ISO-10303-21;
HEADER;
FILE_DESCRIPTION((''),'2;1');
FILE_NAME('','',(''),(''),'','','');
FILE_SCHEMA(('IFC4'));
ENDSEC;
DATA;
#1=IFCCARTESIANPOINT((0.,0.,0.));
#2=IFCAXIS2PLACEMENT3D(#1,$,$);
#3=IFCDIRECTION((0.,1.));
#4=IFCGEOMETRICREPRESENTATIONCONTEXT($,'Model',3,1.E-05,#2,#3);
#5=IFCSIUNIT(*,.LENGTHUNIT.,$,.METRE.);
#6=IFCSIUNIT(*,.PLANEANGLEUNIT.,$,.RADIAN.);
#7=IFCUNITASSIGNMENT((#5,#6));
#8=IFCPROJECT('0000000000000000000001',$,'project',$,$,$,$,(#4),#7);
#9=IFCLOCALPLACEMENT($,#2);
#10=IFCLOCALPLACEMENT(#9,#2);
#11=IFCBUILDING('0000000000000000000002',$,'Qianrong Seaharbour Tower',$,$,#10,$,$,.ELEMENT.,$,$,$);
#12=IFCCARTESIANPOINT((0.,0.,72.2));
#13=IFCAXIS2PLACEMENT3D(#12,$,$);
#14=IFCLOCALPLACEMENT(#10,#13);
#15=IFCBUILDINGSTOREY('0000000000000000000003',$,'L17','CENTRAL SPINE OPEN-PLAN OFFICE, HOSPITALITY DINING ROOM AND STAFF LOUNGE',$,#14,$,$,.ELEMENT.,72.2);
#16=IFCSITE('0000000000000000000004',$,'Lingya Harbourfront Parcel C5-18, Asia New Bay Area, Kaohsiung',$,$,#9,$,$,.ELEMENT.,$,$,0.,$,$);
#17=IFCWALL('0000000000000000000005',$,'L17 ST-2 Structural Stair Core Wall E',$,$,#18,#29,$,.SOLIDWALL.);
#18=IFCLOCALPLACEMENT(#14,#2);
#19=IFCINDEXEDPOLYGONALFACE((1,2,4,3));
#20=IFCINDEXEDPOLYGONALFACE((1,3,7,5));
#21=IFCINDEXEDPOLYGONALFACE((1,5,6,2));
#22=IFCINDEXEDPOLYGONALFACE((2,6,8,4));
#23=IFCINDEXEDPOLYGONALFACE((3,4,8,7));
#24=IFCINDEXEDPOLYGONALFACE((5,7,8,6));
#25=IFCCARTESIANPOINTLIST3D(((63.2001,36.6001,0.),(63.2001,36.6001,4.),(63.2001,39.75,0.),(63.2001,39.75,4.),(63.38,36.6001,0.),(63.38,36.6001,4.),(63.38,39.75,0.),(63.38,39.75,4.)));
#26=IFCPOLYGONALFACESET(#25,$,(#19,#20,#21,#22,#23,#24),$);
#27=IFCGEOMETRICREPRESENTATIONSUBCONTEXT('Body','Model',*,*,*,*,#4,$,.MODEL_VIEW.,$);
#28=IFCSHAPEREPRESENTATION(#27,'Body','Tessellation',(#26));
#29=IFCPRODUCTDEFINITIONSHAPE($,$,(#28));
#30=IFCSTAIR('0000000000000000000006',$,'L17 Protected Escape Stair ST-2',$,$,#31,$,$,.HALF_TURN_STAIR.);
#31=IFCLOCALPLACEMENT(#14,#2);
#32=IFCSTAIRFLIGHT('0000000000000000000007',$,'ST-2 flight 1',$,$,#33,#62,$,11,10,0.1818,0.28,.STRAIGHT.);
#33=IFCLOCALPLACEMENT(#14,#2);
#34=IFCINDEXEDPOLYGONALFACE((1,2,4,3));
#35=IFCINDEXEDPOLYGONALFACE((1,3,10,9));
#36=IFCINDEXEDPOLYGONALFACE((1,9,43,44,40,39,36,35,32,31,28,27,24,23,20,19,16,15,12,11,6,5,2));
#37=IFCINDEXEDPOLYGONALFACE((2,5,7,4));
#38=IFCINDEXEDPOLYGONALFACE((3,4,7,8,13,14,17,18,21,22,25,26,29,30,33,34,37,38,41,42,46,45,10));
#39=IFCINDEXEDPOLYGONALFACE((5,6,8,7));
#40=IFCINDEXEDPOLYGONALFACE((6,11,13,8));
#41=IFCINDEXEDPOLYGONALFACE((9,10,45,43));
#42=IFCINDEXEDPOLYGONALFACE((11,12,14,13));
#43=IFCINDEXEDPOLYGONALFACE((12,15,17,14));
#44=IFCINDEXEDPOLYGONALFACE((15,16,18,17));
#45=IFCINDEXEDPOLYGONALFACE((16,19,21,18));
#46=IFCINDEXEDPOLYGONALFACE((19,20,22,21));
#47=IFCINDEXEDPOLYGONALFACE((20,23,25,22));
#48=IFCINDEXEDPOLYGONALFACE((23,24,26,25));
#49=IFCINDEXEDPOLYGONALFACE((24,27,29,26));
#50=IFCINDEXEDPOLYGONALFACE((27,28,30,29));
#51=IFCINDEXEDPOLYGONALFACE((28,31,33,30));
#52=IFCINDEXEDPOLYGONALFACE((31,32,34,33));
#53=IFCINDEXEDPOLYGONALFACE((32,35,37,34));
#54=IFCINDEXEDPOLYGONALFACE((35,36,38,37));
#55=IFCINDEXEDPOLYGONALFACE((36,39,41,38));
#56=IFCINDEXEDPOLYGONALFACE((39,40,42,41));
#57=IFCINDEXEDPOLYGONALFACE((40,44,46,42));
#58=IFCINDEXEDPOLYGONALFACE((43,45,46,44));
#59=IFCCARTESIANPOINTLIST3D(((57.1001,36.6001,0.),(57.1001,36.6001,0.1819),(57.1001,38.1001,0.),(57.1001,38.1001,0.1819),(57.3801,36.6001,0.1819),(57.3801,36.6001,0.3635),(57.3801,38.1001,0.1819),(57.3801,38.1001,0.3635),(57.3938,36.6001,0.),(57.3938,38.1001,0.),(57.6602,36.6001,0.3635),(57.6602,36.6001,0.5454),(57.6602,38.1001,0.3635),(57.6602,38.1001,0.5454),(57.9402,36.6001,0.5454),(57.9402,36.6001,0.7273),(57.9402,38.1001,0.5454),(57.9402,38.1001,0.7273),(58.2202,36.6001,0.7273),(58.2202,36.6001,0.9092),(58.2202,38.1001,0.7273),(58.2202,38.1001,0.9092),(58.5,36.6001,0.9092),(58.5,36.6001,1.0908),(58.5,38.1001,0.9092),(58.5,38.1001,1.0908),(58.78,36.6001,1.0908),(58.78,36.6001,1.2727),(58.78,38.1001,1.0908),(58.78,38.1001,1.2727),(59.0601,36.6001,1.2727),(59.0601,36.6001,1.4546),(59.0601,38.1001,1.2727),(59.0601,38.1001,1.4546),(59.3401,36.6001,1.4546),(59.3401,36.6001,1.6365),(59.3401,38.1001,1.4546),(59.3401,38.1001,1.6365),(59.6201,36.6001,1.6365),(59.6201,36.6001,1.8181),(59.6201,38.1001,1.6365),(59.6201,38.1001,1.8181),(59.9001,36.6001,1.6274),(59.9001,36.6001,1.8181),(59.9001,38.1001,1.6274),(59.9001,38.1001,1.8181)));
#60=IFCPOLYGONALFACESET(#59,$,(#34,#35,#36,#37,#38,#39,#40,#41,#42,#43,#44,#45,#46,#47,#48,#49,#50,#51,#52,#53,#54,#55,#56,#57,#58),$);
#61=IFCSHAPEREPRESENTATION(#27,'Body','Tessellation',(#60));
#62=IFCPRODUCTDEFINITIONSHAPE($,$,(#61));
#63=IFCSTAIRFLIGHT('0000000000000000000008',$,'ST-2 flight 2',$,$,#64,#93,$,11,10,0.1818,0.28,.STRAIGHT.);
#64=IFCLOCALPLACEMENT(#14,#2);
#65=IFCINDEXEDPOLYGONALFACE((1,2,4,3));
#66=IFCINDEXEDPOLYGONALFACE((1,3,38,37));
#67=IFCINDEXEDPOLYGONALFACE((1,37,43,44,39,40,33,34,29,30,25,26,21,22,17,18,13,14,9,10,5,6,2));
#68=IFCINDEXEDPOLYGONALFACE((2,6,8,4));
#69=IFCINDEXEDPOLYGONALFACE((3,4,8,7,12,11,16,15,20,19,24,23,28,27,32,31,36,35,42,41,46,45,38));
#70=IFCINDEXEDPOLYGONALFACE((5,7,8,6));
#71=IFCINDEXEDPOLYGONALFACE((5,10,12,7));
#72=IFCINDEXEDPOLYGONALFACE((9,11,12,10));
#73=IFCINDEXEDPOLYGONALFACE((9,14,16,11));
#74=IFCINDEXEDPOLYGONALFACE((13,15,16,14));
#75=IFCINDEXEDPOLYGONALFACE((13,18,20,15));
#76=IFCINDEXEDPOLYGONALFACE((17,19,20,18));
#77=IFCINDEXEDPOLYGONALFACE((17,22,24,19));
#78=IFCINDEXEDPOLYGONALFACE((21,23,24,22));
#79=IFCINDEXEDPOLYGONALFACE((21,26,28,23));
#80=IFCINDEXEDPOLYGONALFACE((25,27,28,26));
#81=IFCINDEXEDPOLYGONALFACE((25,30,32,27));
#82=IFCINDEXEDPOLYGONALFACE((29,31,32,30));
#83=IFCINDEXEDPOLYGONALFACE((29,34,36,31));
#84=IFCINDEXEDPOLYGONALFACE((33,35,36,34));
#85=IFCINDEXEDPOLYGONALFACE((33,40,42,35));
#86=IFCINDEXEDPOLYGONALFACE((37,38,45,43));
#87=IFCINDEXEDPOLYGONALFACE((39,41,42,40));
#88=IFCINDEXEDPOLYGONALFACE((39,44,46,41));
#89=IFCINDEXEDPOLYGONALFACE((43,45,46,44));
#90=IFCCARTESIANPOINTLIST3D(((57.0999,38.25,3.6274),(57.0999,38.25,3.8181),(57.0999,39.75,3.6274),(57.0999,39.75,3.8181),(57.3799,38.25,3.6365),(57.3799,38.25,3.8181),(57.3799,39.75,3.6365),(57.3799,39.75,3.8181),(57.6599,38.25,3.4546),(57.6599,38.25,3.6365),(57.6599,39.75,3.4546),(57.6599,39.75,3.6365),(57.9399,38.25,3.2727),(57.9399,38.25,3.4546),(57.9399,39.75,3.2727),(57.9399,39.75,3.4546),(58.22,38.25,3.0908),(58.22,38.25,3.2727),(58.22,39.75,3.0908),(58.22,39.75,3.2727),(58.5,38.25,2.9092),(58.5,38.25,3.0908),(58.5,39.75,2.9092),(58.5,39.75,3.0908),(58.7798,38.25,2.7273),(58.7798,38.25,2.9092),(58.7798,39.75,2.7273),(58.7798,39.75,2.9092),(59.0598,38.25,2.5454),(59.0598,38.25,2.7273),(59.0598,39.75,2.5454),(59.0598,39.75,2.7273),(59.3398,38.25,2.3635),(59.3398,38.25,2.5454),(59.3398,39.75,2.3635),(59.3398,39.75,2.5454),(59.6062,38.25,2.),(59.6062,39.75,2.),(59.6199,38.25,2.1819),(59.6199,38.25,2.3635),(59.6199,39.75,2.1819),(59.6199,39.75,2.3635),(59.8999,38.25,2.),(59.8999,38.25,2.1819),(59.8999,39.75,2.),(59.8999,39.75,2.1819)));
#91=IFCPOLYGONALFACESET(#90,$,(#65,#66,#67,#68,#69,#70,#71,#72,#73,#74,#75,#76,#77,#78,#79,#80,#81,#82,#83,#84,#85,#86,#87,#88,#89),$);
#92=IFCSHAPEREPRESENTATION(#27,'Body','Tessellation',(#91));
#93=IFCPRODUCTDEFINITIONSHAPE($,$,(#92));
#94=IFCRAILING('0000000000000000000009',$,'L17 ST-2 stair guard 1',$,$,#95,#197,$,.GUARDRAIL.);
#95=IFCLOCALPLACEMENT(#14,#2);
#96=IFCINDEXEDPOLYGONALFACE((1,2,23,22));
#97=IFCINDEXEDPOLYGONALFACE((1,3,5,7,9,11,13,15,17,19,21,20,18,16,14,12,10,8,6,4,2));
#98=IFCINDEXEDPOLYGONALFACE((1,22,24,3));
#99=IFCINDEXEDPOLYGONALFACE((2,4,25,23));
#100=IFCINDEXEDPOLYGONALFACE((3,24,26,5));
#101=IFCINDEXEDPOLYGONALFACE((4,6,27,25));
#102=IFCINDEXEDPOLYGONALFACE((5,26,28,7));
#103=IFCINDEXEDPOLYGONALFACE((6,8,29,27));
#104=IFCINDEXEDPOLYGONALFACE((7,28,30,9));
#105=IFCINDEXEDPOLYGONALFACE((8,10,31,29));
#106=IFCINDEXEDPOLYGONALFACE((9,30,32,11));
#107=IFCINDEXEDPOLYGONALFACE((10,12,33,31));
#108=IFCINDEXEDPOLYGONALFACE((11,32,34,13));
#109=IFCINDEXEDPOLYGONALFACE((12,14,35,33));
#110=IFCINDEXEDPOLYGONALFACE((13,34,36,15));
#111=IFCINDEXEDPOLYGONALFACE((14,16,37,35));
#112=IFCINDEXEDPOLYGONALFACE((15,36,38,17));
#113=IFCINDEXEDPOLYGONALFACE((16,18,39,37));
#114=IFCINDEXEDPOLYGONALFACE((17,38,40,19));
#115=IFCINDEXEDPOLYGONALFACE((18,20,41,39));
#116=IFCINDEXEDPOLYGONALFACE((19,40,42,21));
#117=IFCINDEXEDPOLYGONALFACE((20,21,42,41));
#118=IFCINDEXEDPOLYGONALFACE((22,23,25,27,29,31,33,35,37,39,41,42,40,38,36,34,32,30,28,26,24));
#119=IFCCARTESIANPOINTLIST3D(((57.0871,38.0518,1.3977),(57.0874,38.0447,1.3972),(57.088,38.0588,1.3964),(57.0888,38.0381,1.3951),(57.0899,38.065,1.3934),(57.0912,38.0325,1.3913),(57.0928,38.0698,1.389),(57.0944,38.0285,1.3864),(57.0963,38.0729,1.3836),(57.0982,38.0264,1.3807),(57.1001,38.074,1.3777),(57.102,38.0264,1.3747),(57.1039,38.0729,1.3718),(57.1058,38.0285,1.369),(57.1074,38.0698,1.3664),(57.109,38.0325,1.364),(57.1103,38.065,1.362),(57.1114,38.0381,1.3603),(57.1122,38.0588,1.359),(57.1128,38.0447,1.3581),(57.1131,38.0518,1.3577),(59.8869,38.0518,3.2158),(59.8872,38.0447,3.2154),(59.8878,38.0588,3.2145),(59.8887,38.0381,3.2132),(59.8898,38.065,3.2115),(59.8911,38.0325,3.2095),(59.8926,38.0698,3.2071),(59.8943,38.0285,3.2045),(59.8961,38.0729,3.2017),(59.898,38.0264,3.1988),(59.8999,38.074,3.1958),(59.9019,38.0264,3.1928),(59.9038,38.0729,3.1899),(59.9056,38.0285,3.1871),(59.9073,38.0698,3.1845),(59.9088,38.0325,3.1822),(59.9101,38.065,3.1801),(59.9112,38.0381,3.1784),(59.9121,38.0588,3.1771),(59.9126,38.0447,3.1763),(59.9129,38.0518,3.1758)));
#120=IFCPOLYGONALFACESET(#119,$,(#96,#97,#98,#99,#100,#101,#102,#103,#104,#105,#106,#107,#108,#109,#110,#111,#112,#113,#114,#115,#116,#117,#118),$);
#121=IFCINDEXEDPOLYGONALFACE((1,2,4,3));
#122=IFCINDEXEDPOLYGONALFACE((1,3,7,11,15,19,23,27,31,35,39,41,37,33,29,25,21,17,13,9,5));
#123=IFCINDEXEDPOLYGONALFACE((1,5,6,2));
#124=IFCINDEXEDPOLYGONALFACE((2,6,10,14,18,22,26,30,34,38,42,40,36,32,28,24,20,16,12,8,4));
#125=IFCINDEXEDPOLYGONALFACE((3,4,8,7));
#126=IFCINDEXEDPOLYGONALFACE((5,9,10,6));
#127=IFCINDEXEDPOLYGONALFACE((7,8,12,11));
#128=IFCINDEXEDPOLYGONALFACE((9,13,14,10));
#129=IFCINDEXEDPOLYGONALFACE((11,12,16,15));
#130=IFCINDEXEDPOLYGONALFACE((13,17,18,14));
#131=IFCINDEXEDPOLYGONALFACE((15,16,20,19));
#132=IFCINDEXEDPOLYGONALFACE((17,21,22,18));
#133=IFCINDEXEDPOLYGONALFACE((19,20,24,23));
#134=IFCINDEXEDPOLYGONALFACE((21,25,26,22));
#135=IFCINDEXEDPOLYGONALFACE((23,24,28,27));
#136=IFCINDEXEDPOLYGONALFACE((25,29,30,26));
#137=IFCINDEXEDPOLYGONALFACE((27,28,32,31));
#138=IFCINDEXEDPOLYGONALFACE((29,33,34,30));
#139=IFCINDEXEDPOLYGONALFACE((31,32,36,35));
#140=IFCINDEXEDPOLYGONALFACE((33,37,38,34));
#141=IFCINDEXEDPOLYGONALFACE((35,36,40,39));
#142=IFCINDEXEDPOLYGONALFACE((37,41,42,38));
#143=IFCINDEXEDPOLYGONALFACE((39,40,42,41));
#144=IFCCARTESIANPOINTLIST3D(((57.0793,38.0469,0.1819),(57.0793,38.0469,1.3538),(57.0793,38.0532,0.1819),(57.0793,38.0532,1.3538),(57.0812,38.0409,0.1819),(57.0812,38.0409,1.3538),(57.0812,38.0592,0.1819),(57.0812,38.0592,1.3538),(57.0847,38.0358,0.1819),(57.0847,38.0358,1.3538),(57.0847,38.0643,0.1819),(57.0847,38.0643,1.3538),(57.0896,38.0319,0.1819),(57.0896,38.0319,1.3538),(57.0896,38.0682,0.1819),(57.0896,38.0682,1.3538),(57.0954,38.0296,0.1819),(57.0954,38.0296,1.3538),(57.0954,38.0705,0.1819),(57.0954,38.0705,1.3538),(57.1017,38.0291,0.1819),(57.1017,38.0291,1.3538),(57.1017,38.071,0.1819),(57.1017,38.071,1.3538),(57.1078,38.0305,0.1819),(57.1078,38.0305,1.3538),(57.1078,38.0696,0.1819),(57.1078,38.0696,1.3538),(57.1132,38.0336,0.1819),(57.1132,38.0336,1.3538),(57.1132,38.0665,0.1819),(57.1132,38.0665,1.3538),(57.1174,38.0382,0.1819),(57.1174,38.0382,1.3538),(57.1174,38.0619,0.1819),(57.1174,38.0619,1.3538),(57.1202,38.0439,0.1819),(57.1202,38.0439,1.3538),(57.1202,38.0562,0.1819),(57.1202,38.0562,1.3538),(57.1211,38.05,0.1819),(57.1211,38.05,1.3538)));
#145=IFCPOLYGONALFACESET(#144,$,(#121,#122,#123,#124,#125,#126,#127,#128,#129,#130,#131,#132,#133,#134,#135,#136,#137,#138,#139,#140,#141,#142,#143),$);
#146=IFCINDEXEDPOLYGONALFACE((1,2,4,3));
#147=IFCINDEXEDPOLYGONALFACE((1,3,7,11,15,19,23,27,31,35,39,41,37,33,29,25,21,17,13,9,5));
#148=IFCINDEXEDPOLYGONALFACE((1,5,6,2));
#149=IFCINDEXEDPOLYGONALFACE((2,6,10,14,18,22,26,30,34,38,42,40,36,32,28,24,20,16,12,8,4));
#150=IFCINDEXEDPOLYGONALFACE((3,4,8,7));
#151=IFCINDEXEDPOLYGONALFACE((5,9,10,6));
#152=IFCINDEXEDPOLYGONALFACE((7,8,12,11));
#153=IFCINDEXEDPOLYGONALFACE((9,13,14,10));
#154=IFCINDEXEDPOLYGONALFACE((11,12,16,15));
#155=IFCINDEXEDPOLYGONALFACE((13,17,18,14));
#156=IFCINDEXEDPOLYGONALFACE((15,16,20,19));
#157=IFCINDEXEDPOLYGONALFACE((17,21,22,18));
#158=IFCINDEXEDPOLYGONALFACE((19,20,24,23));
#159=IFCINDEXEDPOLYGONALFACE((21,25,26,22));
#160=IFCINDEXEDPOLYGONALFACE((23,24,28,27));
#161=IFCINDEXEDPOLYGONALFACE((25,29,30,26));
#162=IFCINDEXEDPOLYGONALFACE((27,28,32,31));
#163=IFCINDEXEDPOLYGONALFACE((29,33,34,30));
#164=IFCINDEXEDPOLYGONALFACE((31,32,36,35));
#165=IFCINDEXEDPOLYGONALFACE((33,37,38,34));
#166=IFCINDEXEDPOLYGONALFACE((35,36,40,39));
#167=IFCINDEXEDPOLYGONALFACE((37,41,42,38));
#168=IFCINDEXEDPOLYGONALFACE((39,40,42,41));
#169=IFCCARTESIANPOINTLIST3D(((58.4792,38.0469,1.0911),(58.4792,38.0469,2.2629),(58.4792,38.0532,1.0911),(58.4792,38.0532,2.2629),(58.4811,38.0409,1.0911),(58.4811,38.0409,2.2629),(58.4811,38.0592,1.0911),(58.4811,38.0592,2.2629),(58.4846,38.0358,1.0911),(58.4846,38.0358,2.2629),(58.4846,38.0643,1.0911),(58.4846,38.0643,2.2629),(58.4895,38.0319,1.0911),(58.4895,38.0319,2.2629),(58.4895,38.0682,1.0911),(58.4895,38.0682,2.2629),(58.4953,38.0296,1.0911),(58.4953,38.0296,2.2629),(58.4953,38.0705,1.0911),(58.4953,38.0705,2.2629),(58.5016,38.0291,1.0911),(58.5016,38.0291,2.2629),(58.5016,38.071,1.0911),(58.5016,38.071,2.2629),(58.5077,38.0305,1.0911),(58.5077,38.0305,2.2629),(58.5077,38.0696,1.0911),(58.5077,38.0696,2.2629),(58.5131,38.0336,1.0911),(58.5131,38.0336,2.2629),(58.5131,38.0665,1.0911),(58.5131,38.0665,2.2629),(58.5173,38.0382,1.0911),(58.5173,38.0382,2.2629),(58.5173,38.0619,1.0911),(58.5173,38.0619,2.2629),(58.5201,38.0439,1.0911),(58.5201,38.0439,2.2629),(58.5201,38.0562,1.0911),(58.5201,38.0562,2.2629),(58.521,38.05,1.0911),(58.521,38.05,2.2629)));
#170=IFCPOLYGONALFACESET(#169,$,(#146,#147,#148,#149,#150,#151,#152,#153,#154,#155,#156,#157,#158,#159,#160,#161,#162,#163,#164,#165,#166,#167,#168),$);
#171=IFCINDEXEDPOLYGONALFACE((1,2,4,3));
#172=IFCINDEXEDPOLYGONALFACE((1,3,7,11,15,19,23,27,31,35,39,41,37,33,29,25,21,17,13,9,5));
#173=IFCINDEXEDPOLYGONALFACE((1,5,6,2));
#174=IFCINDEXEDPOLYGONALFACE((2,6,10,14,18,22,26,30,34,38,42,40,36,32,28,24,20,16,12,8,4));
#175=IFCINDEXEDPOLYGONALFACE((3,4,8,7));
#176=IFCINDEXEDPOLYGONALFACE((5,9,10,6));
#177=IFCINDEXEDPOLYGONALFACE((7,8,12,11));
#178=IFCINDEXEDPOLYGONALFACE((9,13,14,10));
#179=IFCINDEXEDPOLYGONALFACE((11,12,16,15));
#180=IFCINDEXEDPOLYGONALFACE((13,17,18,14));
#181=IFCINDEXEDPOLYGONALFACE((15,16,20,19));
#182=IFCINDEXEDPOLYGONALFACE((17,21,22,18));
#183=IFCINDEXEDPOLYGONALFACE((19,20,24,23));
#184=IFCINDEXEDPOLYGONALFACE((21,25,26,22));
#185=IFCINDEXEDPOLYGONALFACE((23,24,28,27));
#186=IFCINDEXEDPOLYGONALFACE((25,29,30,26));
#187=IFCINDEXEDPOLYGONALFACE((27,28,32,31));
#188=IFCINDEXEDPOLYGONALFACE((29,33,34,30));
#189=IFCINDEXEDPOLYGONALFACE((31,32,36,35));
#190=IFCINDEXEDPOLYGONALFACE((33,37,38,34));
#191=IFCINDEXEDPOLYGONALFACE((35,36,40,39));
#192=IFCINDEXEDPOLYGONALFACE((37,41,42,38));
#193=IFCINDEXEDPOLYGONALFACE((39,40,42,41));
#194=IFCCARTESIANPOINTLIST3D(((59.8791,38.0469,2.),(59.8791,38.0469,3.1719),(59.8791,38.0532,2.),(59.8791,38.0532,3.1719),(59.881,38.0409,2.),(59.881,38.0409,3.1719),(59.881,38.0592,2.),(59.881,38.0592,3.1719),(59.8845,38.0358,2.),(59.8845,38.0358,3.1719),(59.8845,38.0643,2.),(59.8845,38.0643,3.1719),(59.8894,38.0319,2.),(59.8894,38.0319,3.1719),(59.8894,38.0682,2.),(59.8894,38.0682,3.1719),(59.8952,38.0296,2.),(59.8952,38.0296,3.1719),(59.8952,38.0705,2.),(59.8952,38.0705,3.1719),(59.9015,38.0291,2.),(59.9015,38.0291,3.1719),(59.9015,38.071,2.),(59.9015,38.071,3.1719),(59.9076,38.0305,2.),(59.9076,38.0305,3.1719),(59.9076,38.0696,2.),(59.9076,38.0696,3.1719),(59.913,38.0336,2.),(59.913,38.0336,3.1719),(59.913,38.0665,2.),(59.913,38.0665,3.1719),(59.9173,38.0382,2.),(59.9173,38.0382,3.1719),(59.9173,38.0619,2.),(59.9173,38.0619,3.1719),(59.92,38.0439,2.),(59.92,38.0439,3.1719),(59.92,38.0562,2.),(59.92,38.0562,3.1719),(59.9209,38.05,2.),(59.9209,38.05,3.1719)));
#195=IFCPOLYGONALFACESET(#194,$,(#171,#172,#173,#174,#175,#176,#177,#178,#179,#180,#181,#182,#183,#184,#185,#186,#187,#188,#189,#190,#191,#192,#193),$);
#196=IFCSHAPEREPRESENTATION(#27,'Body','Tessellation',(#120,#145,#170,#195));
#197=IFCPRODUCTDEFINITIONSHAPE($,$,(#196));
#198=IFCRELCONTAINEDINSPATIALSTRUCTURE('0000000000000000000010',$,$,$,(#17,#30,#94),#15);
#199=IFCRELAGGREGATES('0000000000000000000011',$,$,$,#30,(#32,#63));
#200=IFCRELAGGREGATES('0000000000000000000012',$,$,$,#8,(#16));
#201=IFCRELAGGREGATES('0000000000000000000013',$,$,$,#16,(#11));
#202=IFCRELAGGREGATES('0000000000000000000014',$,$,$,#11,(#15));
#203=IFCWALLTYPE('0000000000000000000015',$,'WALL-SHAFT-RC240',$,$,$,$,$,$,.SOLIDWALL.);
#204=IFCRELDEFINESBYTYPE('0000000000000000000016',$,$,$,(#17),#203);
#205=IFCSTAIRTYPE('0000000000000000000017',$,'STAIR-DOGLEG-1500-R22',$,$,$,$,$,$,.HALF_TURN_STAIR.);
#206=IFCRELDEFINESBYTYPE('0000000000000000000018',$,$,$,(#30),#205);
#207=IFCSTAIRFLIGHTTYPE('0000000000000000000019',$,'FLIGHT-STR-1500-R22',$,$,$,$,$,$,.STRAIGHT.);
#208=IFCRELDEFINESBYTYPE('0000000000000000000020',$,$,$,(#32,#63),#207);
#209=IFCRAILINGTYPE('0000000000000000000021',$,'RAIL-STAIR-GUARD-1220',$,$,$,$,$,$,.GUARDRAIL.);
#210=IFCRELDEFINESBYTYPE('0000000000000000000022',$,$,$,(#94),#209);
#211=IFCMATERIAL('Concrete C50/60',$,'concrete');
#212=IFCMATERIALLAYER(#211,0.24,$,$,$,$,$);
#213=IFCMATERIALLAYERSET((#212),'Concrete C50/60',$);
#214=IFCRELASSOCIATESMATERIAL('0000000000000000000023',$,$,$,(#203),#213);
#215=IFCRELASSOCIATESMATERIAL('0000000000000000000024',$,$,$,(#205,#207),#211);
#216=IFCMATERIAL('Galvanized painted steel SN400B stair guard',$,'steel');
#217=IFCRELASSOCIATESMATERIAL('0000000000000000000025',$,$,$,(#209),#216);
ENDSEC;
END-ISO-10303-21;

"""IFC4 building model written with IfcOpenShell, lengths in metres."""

from ifc_helpers import new_model, si_unit, direction, frame, frame_2d, origin, origin_2d, place, context, subcontext, project, spatial, polyline, rectangle, circle, outline, extrude, material, layer, layer_set, type_object, element, aggregate, save


model = new_model("IFC4")

# Units and contexts
model_context = context("Model", 3, precision=1e-05, world=origin(), true_north=direction((0.0, 1.0)))
body_context = subcontext(model_context, "Body", "Model", "MODEL_VIEW")
ifc_project = project(units=[si_unit("LENGTHUNIT", "METRE"), si_unit("PLANEANGLEUNIT", "RADIAN")], contexts=[model_context])

# Site, building, storey
site_placement = place(None, origin())
site = spatial("IfcSite", under=ifc_project, at=site_placement, Name="Lingya Harbourfront Parcel C5-18, Asia New Bay Area, Kaohsiung", CompositionType="ELEMENT", RefElevation=0.0)
building_placement = place(site_placement, origin())
building = spatial("IfcBuilding", under=site, at=building_placement, Name="Qianrong Seaharbour Tower", CompositionType="ELEMENT")
storey_placement = place(building_placement, frame((0.0, 0.0, 72.2)))
storey = spatial("IfcBuildingStorey", under=building, at=storey_placement, Name="L17", Description="CENTRAL SPINE OPEN-PLAN OFFICE, HOSPITALITY DINING ROOM AND STAFF LOUNGE", CompositionType="ELEMENT", Elevation=72.2)

# Shared definitions
ifc_material_1 = material(Name="Concrete C50/60", Category="concrete")
ifc_layer_1 = layer(ifc_material_1, 0.24)
ifc_layer_set_1 = layer_set([ifc_layer_1], Name="Concrete C50/60")
wall_type_1 = type_object("IfcWallType", Name="WALL-SHAFT-RC240", PredefinedType="SOLIDWALL", material=ifc_layer_set_1)

# Wall
wall_1_placement = place(storey_placement, frame((63.29, 36.6001, 0.0), z_axis=(0.0, 0.0, 1.0), x_axis=(0.0, 1.0, 0.0)))
element("IfcWall", 1, at=wall_1_placement, inside=storey, type_object=wall_type_1, Name="L17 ST-2 Structural Stair Core Wall E", PredefinedType="SOLIDWALL", context=body_context, shape_type="SweptSolid", body=[
    extrude(rectangle(XDim=3.1499, YDim=0.1799, at=frame_2d((1.575, 0.0))), origin(), (0.0, 0.0, 1.0), 4.0),
])

# Stair, stair flights
stair_type = type_object("IfcStairType", Name="STAIR-DOGLEG-1500-R22", PredefinedType="HALF_TURN_STAIR", material=ifc_material_1)
stair_placement = place(storey_placement, origin())
stair = element("IfcStair", 2, at=stair_placement, inside=storey, type_object=stair_type, Name="L17 Protected Escape Stair ST-2", PredefinedType="HALF_TURN_STAIR")
stair_flight_type = type_object("IfcStairFlightType", Name="FLIGHT-STR-1500-R22", PredefinedType="STRAIGHT", material=ifc_material_1)
stair_flight_1_placement = place(storey_placement, frame((57.1001, 37.3501, 0.0), z_axis=(0.0, 0.0, 1.0), x_axis=(1.0, 0.0, 0.0)))
stair_flight_1 = element("IfcStairFlight", 3, at=stair_flight_1_placement, type_object=stair_flight_type, Name="ST-2 flight 1", NumberOfRisers=11, NumberOfTreads=10, PredefinedType="STRAIGHT", RiserHeight=0.1818, TreadLength=0.28, context=body_context, shape_type="SweptSolid", body=[
    extrude(outline(polyline([(0.0, 0.0), (0.0, 0.1819), (0.28, 0.1819), (0.28, 0.3635), (0.5601, 0.3635), (0.5601, 0.5454), (0.8401, 0.5454), (0.8401, 0.7273), (1.1201, 0.7273), (1.1201, 0.9092), (1.3999, 0.9092), (1.3999, 1.0908), (1.6799, 1.0908), (1.6799, 1.2727), (1.96, 1.2727), (1.96, 1.4546), (2.24, 1.4546), (2.24, 1.6365), (2.52, 1.6365), (2.52, 1.8181), (2.8, 1.8181), (2.8, 2.0), (2.8, 1.6274), (0.2937, 0.0), (0.0, 0.0)])), frame((0.0, 0.75, 0.0), z_axis=(0.0, -1.0, 0.0), x_axis=(1.0, 0.0, 0.0)), (0.0, 0.0, 1.0), 1.5),
])
stair_flight_2_placement = place(storey_placement, frame((59.8999, 39.0, 2.0), z_axis=(0.0, 0.0, 1.0), x_axis=(-1.0, 0.0, 0.0)))
stair_flight_2 = element("IfcStairFlight", 4, at=stair_flight_2_placement, type_object=stair_flight_type, Name="ST-2 flight 2", NumberOfRisers=11, NumberOfTreads=10, PredefinedType="STRAIGHT", RiserHeight=0.1818, TreadLength=0.28, context=body_context, shape_type="SweptSolid", body=[
    extrude(outline(polyline([(0.0, 0.0), (0.0, 0.1819), (0.28, 0.1819), (0.28, 0.3635), (0.5601, 0.3635), (0.5601, 0.5454), (0.8401, 0.5454), (0.8401, 0.7273), (1.1201, 0.7273), (1.1201, 0.9092), (1.3999, 0.9092), (1.3999, 1.0908), (1.6799, 1.0908), (1.6799, 1.2727), (1.96, 1.2727), (1.96, 1.4546), (2.24, 1.4546), (2.24, 1.6365), (2.52, 1.6365), (2.52, 1.8181), (2.8, 1.8181), (2.8, 2.0), (2.8, 1.6274), (0.2937, 0.0), (0.0, 0.0)])), frame((0.0, 0.75, 0.0), z_axis=(0.0, -1.0, 0.0), x_axis=(1.0, 0.0, 0.0)), (0.0, 0.0, 1.0), 1.5),
])
aggregate(stair, [stair_flight_1, stair_flight_2])

# Railing
ifc_material_2 = material(Name="Galvanized painted steel SN400B stair guard", Category="steel")
railing_type_1 = type_object("IfcRailingType", Name="RAIL-STAIR-GUARD-1220", PredefinedType="GUARDRAIL", material=ifc_material_2)
railing_1_placement = place(storey_placement, frame((57.1001, 38.05, 0.1819)))
element("IfcRailing", 5, at=railing_1_placement, inside=storey, type_object=railing_type_1, Name="L17 ST-2 stair guard 1", PredefinedType="GUARDRAIL", context=body_context, shape_type="SweptSolid", body=[
    extrude(circle(Radius=0.0239, at=origin_2d()), frame((0.0, 0.0, 1.1958), z_axis=(0.838684, 0.0, 0.544618), x_axis=(0.0, 1.0, 0.0)), (0.0, 0.0, 1.0), 3.3384),
    extrude(circle(Radius=0.021, at=origin_2d()), origin(), (0.0, 0.0, 1.0), 1.1719),
    extrude(circle(Radius=0.021, at=origin_2d()), frame((1.3999, 0.0, 0.9092)), (0.0, 0.0, 1.0), 1.1719),
    extrude(circle(Radius=0.021, at=origin_2d()), frame((2.7998, 0.0, 1.8181)), (0.0, 0.0, 1.0), 1.1719),
])

save(model, "model.ifc")
